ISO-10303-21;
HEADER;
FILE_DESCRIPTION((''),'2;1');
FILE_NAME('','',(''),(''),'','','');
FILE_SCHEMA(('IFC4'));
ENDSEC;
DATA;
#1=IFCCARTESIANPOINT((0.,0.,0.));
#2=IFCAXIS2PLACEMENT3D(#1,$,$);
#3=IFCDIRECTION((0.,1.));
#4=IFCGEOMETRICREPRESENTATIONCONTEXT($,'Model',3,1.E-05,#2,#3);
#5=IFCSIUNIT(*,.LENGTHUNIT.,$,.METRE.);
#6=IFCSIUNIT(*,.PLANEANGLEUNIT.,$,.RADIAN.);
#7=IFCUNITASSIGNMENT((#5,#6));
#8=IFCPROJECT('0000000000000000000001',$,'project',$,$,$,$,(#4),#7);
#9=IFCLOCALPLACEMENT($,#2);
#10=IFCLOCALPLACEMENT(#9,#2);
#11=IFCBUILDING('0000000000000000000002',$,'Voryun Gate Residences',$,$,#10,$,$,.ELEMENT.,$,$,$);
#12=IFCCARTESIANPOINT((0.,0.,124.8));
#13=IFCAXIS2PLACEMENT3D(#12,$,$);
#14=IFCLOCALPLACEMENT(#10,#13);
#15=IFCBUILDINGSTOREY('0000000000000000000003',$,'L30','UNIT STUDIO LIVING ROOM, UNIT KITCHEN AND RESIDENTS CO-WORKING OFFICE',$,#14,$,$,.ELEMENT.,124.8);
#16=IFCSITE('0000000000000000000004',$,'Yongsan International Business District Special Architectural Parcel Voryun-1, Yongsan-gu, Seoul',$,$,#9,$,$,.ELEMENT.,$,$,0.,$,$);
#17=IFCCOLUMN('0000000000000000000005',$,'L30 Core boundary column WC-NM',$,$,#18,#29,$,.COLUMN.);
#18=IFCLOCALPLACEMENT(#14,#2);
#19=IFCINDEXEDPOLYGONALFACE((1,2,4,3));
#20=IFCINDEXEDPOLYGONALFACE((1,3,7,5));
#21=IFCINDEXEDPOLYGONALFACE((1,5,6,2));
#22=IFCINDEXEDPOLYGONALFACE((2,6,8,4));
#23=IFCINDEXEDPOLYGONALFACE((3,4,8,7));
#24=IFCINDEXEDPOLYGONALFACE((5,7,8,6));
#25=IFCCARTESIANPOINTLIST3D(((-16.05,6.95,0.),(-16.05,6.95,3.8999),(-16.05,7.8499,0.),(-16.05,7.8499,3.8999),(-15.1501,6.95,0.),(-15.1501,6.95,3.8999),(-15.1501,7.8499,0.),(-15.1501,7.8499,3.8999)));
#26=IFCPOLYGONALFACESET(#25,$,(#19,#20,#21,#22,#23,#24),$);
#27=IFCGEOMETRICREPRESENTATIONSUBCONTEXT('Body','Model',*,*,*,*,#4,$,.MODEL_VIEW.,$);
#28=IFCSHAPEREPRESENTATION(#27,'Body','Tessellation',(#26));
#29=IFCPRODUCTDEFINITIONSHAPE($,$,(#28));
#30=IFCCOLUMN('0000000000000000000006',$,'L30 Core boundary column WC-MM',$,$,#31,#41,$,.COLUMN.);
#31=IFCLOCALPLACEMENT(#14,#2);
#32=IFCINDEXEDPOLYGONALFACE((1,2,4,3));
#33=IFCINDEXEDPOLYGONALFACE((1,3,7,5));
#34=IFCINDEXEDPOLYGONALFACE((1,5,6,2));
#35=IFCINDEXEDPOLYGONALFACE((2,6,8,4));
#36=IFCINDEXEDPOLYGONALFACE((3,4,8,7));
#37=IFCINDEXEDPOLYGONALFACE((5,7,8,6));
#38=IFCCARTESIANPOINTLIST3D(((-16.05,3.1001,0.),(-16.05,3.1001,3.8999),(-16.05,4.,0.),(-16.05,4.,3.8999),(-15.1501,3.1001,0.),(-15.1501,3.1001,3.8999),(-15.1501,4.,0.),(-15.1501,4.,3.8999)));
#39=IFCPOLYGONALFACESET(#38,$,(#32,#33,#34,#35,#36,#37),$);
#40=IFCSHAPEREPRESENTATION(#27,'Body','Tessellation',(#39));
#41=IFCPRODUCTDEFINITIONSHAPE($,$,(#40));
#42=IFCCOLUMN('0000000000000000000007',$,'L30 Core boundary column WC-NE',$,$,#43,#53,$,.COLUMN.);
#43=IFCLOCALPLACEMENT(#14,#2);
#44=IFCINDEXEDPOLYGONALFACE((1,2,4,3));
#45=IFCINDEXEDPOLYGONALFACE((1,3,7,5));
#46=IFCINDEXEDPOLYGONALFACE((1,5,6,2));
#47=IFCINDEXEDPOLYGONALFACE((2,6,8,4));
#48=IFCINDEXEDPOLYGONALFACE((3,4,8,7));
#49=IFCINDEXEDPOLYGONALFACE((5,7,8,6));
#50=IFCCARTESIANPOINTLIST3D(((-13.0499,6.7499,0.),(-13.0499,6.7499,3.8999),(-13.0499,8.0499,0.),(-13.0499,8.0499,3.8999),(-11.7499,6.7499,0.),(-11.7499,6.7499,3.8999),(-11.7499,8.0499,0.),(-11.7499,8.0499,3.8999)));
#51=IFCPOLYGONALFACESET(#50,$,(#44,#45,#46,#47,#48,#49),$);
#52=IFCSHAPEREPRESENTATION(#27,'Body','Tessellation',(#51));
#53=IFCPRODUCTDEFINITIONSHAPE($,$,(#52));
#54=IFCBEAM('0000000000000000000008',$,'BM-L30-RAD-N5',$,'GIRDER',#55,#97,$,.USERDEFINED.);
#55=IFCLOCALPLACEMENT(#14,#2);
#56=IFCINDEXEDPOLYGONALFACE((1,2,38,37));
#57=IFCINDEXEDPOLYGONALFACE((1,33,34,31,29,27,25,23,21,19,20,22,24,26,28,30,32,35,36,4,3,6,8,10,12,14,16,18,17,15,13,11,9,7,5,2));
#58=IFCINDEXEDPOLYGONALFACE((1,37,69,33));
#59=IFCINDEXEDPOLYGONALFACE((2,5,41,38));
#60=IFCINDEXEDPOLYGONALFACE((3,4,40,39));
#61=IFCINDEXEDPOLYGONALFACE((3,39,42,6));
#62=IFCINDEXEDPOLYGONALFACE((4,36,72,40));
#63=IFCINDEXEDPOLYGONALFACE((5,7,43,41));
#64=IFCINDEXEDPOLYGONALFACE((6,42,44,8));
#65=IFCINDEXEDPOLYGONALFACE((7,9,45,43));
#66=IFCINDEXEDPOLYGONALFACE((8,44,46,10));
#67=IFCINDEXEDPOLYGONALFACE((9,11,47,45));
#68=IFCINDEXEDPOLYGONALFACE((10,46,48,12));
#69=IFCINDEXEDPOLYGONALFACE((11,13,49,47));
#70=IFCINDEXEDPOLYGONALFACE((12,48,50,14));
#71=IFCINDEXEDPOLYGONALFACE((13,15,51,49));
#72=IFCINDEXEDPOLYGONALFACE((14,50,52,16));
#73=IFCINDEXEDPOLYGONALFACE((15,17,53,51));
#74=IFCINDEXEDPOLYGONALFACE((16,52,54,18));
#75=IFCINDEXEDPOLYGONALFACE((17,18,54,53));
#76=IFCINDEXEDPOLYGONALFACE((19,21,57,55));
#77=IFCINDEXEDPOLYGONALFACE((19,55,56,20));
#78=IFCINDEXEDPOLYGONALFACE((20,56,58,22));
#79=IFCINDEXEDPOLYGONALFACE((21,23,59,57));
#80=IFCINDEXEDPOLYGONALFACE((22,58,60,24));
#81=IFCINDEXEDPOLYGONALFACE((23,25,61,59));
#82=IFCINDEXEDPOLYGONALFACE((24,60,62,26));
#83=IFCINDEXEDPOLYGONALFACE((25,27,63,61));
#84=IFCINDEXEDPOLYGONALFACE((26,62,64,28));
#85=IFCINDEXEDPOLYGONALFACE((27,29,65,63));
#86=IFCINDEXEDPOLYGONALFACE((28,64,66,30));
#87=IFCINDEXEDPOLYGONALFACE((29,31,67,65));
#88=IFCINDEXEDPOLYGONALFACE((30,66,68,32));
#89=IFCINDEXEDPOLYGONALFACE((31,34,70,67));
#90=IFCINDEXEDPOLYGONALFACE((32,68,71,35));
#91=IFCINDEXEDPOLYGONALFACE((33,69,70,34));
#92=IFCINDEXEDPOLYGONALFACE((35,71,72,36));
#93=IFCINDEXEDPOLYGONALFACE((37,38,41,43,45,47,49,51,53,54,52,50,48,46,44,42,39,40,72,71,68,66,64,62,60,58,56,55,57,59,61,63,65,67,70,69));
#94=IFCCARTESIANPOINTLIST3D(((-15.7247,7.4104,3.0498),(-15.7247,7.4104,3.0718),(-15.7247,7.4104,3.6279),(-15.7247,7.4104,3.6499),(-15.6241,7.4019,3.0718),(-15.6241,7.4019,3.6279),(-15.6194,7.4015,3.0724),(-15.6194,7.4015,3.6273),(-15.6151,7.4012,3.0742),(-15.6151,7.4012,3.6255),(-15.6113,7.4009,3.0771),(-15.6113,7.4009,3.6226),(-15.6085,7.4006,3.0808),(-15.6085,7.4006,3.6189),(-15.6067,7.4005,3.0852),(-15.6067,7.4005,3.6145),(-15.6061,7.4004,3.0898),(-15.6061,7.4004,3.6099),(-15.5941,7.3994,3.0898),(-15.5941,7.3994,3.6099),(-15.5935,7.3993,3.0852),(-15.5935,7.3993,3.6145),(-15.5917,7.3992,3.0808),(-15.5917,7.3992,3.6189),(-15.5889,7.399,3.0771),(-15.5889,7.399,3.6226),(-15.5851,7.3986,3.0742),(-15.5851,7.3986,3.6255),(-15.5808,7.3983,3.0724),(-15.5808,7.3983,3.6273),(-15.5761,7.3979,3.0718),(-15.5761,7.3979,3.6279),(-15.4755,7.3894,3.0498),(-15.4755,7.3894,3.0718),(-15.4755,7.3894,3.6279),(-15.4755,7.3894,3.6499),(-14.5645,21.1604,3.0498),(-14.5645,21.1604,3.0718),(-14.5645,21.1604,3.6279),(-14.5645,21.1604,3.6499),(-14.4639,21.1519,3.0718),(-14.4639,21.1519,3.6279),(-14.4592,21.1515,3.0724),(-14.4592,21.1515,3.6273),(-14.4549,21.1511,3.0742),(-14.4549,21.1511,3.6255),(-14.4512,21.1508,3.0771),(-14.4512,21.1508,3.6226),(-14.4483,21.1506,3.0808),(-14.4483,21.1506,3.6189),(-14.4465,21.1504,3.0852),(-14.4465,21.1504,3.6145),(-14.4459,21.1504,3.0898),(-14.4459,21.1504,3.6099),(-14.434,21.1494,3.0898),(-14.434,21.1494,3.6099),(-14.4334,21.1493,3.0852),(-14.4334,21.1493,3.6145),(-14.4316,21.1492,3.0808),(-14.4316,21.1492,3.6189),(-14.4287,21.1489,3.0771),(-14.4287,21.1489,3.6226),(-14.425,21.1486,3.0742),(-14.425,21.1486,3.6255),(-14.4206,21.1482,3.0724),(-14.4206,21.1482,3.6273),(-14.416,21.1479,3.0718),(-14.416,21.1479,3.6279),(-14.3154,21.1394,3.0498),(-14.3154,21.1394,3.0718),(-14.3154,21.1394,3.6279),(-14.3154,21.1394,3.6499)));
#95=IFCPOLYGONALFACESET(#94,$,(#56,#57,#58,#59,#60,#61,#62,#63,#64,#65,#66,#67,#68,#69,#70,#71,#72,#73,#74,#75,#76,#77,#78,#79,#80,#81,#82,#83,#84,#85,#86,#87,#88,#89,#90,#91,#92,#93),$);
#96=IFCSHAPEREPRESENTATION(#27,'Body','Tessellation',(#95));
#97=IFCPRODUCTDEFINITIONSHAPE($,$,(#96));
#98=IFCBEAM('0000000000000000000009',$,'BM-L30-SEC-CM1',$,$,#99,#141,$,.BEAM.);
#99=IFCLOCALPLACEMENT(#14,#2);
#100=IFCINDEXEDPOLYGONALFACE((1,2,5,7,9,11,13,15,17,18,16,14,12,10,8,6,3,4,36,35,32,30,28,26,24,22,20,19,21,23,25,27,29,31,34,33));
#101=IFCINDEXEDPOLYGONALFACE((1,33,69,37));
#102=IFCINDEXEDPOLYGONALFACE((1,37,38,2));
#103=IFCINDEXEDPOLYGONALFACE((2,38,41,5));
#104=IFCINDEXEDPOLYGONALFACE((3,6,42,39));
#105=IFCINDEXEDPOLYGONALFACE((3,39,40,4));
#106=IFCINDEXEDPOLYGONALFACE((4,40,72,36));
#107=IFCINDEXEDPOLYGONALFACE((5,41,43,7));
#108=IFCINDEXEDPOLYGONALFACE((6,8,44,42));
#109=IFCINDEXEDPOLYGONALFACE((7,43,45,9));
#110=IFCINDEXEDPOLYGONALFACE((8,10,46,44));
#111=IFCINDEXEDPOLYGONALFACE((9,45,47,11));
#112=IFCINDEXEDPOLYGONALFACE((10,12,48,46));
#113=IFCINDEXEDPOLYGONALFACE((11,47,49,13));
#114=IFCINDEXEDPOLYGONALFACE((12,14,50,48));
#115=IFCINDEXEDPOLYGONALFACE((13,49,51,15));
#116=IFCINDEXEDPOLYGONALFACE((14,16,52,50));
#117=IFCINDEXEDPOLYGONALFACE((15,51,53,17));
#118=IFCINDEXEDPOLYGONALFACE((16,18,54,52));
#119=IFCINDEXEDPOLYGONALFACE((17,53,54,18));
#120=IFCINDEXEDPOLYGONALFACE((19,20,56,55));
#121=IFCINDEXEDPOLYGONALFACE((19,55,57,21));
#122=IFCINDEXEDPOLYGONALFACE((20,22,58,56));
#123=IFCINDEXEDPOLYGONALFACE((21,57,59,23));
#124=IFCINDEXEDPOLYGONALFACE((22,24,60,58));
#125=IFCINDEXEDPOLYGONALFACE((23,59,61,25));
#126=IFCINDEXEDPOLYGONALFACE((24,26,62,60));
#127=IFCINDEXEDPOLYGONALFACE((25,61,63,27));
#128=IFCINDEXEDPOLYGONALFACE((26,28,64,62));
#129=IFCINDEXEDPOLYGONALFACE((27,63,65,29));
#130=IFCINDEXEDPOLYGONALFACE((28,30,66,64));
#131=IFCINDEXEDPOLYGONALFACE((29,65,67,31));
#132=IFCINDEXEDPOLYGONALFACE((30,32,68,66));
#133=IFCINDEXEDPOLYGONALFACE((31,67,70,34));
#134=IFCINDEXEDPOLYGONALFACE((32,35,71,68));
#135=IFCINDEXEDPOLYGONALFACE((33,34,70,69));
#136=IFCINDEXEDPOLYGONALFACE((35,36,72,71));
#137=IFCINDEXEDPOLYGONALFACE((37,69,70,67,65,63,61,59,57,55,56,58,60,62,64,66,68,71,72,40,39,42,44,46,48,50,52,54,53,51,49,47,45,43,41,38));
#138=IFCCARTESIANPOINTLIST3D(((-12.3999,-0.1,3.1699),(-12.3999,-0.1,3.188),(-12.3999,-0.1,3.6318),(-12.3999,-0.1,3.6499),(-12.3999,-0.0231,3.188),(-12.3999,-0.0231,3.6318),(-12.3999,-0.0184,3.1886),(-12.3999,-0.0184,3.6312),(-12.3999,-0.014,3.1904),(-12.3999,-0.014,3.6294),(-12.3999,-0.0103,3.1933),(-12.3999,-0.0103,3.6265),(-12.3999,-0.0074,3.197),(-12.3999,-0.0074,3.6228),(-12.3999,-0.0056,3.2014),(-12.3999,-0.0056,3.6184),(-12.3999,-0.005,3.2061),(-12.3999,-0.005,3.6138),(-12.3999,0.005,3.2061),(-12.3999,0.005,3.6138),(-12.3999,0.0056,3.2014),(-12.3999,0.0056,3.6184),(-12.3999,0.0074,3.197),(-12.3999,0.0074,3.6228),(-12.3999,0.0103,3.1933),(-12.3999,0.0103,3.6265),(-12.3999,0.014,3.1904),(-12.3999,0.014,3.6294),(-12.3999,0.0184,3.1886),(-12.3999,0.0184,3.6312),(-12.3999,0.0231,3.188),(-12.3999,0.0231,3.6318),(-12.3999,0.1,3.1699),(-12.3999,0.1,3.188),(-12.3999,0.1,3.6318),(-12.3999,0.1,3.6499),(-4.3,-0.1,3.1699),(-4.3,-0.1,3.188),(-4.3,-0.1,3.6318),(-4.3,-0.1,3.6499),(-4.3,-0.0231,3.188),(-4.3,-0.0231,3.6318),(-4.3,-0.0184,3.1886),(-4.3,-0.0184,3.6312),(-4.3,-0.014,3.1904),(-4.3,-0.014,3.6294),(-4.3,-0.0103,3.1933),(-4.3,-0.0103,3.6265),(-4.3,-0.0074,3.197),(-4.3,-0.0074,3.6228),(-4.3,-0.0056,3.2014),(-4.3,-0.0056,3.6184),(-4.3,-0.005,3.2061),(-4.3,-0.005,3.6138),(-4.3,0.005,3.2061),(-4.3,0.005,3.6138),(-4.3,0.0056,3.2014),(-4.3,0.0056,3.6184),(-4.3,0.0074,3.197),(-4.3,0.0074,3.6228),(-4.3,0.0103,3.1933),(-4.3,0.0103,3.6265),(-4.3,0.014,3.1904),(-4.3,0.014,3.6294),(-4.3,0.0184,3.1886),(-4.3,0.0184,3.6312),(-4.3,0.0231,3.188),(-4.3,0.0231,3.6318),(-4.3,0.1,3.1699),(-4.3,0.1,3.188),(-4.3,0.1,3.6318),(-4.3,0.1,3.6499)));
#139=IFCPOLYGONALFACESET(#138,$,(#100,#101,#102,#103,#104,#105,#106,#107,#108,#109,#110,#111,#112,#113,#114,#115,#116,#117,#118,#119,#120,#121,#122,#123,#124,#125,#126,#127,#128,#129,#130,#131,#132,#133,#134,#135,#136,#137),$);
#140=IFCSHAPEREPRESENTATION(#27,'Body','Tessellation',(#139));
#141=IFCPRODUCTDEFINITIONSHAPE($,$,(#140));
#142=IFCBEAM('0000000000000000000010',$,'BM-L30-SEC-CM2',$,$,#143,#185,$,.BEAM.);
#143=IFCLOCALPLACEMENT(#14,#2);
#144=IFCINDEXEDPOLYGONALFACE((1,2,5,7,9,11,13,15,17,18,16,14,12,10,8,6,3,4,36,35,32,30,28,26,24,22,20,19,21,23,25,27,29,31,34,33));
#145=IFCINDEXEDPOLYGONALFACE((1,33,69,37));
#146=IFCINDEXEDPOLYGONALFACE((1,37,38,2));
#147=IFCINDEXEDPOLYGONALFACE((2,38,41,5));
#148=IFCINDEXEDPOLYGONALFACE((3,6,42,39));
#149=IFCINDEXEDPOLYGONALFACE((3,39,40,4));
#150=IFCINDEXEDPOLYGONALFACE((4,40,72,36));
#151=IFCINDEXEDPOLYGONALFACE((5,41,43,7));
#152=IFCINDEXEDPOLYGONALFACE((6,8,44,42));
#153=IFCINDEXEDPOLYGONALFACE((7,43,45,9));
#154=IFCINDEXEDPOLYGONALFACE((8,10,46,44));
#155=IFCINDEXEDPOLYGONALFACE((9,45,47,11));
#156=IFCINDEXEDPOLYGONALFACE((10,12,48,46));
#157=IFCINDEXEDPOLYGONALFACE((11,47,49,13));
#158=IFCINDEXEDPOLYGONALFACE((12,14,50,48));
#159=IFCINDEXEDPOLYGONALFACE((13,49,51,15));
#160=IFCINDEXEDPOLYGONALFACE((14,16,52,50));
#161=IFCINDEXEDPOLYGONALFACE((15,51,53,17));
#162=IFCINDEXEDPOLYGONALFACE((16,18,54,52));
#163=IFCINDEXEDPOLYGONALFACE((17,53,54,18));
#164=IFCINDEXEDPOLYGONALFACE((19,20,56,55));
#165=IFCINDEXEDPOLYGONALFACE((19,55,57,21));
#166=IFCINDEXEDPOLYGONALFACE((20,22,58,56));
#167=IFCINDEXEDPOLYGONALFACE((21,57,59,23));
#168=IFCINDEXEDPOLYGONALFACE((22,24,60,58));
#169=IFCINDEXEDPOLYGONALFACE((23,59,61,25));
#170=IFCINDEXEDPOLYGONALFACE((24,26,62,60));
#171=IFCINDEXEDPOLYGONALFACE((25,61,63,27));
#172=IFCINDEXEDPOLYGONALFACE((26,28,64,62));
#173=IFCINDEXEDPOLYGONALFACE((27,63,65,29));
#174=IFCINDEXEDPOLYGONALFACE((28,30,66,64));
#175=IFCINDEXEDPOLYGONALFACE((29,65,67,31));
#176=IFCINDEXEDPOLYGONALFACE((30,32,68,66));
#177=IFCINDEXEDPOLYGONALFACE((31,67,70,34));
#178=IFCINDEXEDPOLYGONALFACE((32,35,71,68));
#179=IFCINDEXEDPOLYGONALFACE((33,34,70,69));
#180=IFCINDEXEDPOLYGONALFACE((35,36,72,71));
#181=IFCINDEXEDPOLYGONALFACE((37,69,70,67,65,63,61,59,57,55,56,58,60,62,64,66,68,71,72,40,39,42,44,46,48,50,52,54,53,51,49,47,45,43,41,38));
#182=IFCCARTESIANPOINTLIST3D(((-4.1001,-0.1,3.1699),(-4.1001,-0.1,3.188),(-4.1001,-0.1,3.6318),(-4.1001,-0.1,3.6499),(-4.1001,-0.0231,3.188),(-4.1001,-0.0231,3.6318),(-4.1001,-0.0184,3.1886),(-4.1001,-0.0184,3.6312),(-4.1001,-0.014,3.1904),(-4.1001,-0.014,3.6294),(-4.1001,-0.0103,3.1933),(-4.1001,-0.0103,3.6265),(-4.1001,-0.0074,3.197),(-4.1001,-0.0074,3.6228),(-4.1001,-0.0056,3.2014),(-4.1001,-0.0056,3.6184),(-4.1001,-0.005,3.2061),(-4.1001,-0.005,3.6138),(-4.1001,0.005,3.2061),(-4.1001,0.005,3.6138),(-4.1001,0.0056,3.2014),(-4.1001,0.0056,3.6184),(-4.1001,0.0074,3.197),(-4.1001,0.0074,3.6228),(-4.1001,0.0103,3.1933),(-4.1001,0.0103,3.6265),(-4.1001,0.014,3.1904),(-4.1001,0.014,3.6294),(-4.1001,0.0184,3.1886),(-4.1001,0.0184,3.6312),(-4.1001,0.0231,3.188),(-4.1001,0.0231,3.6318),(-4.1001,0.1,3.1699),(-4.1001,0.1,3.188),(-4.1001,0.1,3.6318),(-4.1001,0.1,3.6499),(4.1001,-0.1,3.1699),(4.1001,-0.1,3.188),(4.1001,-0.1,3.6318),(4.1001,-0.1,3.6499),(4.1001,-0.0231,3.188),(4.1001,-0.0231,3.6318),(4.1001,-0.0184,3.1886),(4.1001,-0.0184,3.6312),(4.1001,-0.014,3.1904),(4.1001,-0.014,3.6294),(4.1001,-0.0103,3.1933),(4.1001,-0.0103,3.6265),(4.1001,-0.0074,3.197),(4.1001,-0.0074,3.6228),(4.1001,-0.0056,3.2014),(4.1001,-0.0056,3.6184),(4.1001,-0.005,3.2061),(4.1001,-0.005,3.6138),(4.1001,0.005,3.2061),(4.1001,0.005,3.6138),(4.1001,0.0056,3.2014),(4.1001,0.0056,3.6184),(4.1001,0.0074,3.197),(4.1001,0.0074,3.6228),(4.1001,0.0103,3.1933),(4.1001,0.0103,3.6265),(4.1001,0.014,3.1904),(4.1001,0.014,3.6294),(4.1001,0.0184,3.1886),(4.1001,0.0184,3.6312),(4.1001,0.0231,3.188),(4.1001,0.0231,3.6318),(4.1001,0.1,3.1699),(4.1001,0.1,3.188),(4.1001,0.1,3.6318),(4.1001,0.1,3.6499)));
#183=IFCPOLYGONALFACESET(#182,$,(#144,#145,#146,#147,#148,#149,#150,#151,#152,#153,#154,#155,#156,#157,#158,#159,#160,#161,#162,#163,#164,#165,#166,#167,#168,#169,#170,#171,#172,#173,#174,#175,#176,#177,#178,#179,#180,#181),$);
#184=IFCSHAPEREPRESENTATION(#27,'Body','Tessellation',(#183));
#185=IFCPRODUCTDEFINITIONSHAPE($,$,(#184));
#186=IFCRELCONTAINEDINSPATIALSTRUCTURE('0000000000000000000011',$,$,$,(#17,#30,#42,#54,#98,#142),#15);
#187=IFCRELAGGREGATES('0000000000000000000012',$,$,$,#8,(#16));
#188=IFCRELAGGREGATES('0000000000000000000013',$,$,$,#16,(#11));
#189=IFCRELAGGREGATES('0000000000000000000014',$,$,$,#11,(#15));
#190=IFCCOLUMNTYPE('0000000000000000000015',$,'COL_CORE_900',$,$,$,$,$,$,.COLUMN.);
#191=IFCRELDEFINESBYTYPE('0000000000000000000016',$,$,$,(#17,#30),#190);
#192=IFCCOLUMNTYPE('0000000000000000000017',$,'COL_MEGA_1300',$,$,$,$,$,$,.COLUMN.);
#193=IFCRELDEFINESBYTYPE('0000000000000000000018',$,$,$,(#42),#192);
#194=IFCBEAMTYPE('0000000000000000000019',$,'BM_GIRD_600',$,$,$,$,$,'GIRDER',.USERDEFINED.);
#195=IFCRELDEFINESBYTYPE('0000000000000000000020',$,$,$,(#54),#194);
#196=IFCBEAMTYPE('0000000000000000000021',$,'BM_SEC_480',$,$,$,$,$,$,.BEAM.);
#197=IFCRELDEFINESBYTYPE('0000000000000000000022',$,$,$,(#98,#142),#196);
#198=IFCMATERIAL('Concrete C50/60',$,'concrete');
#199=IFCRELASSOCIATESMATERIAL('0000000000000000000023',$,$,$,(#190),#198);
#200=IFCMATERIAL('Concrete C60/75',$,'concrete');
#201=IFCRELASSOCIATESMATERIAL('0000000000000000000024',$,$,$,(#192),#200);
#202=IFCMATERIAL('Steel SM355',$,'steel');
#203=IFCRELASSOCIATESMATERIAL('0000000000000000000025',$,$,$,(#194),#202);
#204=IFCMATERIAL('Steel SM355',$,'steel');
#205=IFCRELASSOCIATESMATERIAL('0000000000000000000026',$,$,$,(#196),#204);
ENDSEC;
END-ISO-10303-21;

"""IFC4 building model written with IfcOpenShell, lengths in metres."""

from ifc_helpers import new_model, si_unit, direction, frame, origin, origin_2d, place, context, subcontext, project, spatial, rectangle, i_section, extrude, material, material_profile, profile_set, type_object, element, save


model = new_model("IFC4")

# Units and contexts
model_context = context("Model", 3, precision=1e-05, world=origin(), true_north=direction((0.0, 1.0)))
body_context = subcontext(model_context, "Body", "Model", "MODEL_VIEW")
ifc_project = project(units=[si_unit("LENGTHUNIT", "METRE"), si_unit("PLANEANGLEUNIT", "RADIAN")], contexts=[model_context])

# Site, building, storey
site_placement = place(None, origin())
site = spatial("IfcSite", under=ifc_project, at=site_placement, Name="Yongsan International Business District Special Architectural Parcel Voryun-1, Yongsan-gu, Seoul", CompositionType="ELEMENT", RefElevation=0.0)
building_placement = place(site_placement, origin())
building = spatial("IfcBuilding", under=site, at=building_placement, Name="Voryun Gate Residences", CompositionType="ELEMENT")
storey_placement = place(building_placement, frame((0.0, 0.0, 124.8)))
storey = spatial("IfcBuildingStorey", under=building, at=storey_placement, Name="L30", Description="UNIT STUDIO LIVING ROOM, UNIT KITCHEN AND RESIDENTS CO-WORKING OFFICE", CompositionType="ELEMENT", Elevation=124.8)

# Columns
ifc_material_1 = material(Name="Concrete C50/60", Category="concrete")
ifc_material_profile_1 = material_profile(ifc_material_1, rectangle(XDim=0.8999, YDim=0.8999, at=origin_2d()), Name="RC-900x900")
ifc_profile_set_1 = profile_set([ifc_material_profile_1], Name="Concrete C50/60")
column_type_1 = type_object("IfcColumnType", Name="COL_CORE_900", PredefinedType="COLUMN", material=ifc_profile_set_1)
for number, where, z_axis, x_axis, name in (
    (1, (-15.6001, 7.3999, 0.0), (0.0, 0.0, 1.0), (1.0, 0.0, 0.0), "L30 Core boundary column WC-NM"),
    (2, (-15.6001, 3.55, 0.0), (0.0, 0.0, 1.0), (1.0, 0.0, 0.0), "L30 Core boundary column WC-MM"),
):
    element("IfcColumn", number, at=place(storey_placement, frame(where, z_axis=z_axis, x_axis=x_axis)), inside=storey, type_object=column_type_1, Name=name, PredefinedType="COLUMN", context=body_context, shape_type="SweptSolid", body=[
        extrude(rectangle(XDim=0.8999, YDim=0.8999, at=origin_2d()), origin(), (0.0, 0.0, 1.0), 3.8999),
    ])
ifc_material_2 = material(Name="Concrete C60/75", Category="concrete")
ifc_material_profile_2 = material_profile(ifc_material_2, rectangle(XDim=1.3, YDim=1.3, at=origin_2d()), Name="RC-1300x1300")
ifc_profile_set_2 = profile_set([ifc_material_profile_2], Name="Concrete C60/75")
column_type_2 = type_object("IfcColumnType", Name="COL_MEGA_1300", PredefinedType="COLUMN", material=ifc_profile_set_2)
column_placement = place(storey_placement, frame((-12.3999, 7.3999, 0.0), z_axis=(0.0, 0.0, 1.0), x_axis=(1.0, 0.0, 0.0)))
element("IfcColumn", 3, at=column_placement, inside=storey, type_object=column_type_2, Name="L30 Core boundary column WC-NE", PredefinedType="COLUMN", context=body_context, shape_type="SweptSolid", body=[
    extrude(rectangle(XDim=1.3, YDim=1.3, at=origin_2d()), origin(), (0.0, 0.0, 1.0), 3.8999),
])

# Beams
ifc_material_3 = material(Name="Steel SM355", Category="steel")
ifc_material_profile_3 = material_profile(ifc_material_3, i_section(OverallWidth=0.25, OverallDepth=0.6001, WebThickness=0.012, FlangeThickness=0.022, FilletRadius=0.0181, at=origin_2d()), Name="H-600x250x12x22")
ifc_profile_set_3 = profile_set([ifc_material_profile_3], Name="Steel SM355")
beam_type_1 = type_object("IfcBeamType", Name="BM_GIRD_600", ElementType="GIRDER", PredefinedType="USERDEFINED", material=ifc_profile_set_3)
beam_1_placement = place(storey_placement, frame((-15.6001, 7.3999, 3.3499), z_axis=(0.084076, 0.996459, 0.0), x_axis=(-0.996459, 0.084076, 0.0)))
element("IfcBeam", 4, at=beam_1_placement, inside=storey, type_object=beam_type_1, Name="BM-L30-RAD-N5", ObjectType="GIRDER", PredefinedType="USERDEFINED", context=body_context, shape_type="SweptSolid", body=[
    extrude(i_section(OverallWidth=0.25, OverallDepth=0.6001, WebThickness=0.012, FlangeThickness=0.022, FilletRadius=0.0181, at=origin_2d()), origin(), (0.0, 0.0, 1.0), 13.7988),
])
ifc_material_4 = material(Name="Steel SM355", Category="steel")
ifc_material_profile_4 = material_profile(ifc_material_4, i_section(OverallWidth=0.2, OverallDepth=0.48, WebThickness=0.01, FlangeThickness=0.0181, FilletRadius=0.0181, at=origin_2d()), Name="H-480x200x10x18")
ifc_profile_set_4 = profile_set([ifc_material_profile_4], Name="Steel SM355")
beam_type_2 = type_object("IfcBeamType", Name="BM_SEC_480", PredefinedType="BEAM", material=ifc_profile_set_4)
beam_2_placement = place(storey_placement, frame((-12.3999, 0.0, 3.4099), z_axis=(1.0, 0.0, 0.0), x_axis=(0.0, 1.0, 0.0)))
element("IfcBeam", 5, at=beam_2_placement, inside=storey, type_object=beam_type_2, Name="BM-L30-SEC-CM1", PredefinedType="BEAM", context=body_context, shape_type="SweptSolid", body=[
    extrude(i_section(OverallWidth=0.2, OverallDepth=0.48, WebThickness=0.01, FlangeThickness=0.0181, FilletRadius=0.0181, at=origin_2d()), origin(), (0.0, 0.0, 1.0), 8.0999),
])
beam_3_placement = place(storey_placement, frame((-4.1001, 0.0, 3.4099), z_axis=(1.0, 0.0, 0.0), x_axis=(0.0, 1.0, 0.0)))
element("IfcBeam", 6, at=beam_3_placement, inside=storey, type_object=beam_type_2, Name="BM-L30-SEC-CM2", PredefinedType="BEAM", context=body_context, shape_type="SweptSolid", body=[
    extrude(i_section(OverallWidth=0.2, OverallDepth=0.48, WebThickness=0.01, FlangeThickness=0.0181, FilletRadius=0.0181, at=origin_2d()), origin(), (0.0, 0.0, 1.0), 8.2002),
])

save(model, "model.ifc")
